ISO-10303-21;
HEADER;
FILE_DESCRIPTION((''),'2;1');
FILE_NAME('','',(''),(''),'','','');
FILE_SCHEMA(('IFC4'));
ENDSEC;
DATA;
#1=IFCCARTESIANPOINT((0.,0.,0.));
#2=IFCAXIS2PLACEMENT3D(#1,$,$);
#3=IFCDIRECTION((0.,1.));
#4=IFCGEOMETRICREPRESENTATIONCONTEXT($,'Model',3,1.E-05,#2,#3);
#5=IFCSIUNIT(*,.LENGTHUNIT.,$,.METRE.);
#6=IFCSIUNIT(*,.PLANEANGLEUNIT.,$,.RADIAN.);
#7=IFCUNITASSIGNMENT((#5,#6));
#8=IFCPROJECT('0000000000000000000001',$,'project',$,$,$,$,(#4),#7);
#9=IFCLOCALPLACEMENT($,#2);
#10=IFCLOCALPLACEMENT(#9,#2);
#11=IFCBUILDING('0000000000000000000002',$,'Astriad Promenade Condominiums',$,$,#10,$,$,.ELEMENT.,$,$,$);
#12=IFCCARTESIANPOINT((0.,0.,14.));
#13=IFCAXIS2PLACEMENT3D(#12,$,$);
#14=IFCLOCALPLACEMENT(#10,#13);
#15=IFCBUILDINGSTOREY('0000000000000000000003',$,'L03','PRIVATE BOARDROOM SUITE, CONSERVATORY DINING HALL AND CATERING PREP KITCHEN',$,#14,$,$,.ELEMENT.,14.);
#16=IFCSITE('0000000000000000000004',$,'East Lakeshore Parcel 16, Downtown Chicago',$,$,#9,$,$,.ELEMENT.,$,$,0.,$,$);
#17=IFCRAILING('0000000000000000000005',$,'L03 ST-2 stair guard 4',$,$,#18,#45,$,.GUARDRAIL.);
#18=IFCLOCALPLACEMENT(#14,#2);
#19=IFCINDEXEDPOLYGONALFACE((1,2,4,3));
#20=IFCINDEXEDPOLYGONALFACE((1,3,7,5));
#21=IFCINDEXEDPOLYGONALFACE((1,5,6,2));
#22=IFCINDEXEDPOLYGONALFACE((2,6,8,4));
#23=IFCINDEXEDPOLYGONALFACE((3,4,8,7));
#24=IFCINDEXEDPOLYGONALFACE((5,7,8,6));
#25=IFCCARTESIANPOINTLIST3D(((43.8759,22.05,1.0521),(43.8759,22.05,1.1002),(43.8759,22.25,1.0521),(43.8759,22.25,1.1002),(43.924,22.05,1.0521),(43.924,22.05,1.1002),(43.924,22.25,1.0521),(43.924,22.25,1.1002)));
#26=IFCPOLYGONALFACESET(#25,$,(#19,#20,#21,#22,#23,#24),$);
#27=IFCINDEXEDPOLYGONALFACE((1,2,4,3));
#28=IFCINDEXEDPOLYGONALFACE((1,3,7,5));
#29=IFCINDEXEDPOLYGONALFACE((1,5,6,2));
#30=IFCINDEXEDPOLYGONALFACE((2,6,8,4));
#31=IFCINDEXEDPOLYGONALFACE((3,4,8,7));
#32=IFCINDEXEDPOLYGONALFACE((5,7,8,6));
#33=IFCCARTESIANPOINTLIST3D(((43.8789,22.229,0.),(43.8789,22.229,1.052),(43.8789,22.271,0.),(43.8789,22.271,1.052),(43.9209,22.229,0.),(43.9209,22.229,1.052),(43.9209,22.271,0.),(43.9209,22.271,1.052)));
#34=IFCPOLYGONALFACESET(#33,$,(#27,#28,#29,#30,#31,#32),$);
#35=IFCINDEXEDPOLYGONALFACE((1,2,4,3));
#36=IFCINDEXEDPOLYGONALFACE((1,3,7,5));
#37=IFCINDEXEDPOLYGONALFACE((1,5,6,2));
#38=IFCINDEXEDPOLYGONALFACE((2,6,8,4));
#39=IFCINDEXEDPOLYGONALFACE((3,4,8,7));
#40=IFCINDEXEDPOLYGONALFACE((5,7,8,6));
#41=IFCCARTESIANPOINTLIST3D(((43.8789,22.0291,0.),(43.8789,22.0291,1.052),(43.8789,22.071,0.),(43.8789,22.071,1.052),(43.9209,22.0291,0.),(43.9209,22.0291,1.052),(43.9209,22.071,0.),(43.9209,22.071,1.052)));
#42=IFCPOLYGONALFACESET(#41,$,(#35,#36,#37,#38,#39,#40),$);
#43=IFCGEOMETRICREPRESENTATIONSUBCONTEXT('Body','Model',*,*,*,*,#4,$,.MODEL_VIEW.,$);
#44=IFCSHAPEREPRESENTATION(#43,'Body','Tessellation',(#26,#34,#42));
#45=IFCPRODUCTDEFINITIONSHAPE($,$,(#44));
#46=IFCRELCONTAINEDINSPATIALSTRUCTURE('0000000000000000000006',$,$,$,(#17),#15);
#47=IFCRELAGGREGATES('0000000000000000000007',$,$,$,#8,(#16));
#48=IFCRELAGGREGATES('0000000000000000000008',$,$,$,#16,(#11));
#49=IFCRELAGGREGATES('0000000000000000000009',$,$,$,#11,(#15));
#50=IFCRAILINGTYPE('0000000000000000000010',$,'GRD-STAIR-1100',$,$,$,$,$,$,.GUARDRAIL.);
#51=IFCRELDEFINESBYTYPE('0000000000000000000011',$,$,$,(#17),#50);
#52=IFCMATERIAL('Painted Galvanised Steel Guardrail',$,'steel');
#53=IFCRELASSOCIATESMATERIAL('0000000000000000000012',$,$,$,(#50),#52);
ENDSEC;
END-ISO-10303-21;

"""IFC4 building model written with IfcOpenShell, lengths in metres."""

from ifc_helpers import new_model, si_unit, direction, frame, origin, origin_2d, place, context, subcontext, project, spatial, rectangle, extrude, source, transform, mapped, material, type_object, element, save


model = new_model("IFC4")

# Units and contexts
model_context = context("Model", 3, precision=1e-05, world=origin(), true_north=direction((0.0, 1.0)))
body_context = subcontext(model_context, "Body", "Model", "MODEL_VIEW")
ifc_project = project(units=[si_unit("LENGTHUNIT", "METRE"), si_unit("PLANEANGLEUNIT", "RADIAN")], contexts=[model_context])

# Site, building, storey
site_placement = place(None, origin())
site = spatial("IfcSite", under=ifc_project, at=site_placement, Name="East Lakeshore Parcel 16, Downtown Chicago", CompositionType="ELEMENT", RefElevation=0.0)
building_placement = place(site_placement, origin())
building = spatial("IfcBuilding", under=site, at=building_placement, Name="Astriad Promenade Condominiums", CompositionType="ELEMENT")
storey_placement = place(building_placement, frame((0.0, 0.0, 14.0)))
storey = spatial("IfcBuildingStorey", under=building, at=storey_placement, Name="L03", Description="PRIVATE BOARDROOM SUITE, CONSERVATORY DINING HALL AND CATERING PREP KITCHEN", CompositionType="ELEMENT", Elevation=14.0)

# Railing
ifc_material_1 = material(Name="Painted Galvanised Steel Guardrail", Category="steel")
railing_type_1 = type_object("IfcRailingType", Name="GRD-STAIR-1100", PredefinedType="GUARDRAIL", material=ifc_material_1)
shared_shape_1 = source(origin(), body_context, "Body", "SweptSolid", [
    extrude(rectangle(XDim=0.0481, YDim=0.0481, at=origin_2d()), frame((0.0, 0.0, 1.0762), z_axis=(0.0, -1.0, 0.0), x_axis=(1.0, 0.0, 0.0)), (0.0, 0.0, 1.0), 0.2),
    extrude(rectangle(XDim=0.042, YDim=0.042, at=origin_2d()), origin(), (0.0, 0.0, 1.0), 1.052),
    extrude(rectangle(XDim=0.042, YDim=0.042, at=origin_2d()), frame((0.0, -0.2, 0.0)), (0.0, 0.0, 1.0), 1.052),
])
for number, where, name in (
    (1, (43.8999, 22.25, 0.0), "L03 ST-2 stair guard 4"),
):
    element("IfcRailing", number, at=place(storey_placement, frame(where)), inside=storey, type_object=railing_type_1, Name=name, PredefinedType="GUARDRAIL", context=body_context, shape_type="MappedRepresentation", body=[
        mapped(shared_shape_1, transform((0.0, 0.0, 0.0), scale=1.0)),
    ])

save(model, "model.ifc")
